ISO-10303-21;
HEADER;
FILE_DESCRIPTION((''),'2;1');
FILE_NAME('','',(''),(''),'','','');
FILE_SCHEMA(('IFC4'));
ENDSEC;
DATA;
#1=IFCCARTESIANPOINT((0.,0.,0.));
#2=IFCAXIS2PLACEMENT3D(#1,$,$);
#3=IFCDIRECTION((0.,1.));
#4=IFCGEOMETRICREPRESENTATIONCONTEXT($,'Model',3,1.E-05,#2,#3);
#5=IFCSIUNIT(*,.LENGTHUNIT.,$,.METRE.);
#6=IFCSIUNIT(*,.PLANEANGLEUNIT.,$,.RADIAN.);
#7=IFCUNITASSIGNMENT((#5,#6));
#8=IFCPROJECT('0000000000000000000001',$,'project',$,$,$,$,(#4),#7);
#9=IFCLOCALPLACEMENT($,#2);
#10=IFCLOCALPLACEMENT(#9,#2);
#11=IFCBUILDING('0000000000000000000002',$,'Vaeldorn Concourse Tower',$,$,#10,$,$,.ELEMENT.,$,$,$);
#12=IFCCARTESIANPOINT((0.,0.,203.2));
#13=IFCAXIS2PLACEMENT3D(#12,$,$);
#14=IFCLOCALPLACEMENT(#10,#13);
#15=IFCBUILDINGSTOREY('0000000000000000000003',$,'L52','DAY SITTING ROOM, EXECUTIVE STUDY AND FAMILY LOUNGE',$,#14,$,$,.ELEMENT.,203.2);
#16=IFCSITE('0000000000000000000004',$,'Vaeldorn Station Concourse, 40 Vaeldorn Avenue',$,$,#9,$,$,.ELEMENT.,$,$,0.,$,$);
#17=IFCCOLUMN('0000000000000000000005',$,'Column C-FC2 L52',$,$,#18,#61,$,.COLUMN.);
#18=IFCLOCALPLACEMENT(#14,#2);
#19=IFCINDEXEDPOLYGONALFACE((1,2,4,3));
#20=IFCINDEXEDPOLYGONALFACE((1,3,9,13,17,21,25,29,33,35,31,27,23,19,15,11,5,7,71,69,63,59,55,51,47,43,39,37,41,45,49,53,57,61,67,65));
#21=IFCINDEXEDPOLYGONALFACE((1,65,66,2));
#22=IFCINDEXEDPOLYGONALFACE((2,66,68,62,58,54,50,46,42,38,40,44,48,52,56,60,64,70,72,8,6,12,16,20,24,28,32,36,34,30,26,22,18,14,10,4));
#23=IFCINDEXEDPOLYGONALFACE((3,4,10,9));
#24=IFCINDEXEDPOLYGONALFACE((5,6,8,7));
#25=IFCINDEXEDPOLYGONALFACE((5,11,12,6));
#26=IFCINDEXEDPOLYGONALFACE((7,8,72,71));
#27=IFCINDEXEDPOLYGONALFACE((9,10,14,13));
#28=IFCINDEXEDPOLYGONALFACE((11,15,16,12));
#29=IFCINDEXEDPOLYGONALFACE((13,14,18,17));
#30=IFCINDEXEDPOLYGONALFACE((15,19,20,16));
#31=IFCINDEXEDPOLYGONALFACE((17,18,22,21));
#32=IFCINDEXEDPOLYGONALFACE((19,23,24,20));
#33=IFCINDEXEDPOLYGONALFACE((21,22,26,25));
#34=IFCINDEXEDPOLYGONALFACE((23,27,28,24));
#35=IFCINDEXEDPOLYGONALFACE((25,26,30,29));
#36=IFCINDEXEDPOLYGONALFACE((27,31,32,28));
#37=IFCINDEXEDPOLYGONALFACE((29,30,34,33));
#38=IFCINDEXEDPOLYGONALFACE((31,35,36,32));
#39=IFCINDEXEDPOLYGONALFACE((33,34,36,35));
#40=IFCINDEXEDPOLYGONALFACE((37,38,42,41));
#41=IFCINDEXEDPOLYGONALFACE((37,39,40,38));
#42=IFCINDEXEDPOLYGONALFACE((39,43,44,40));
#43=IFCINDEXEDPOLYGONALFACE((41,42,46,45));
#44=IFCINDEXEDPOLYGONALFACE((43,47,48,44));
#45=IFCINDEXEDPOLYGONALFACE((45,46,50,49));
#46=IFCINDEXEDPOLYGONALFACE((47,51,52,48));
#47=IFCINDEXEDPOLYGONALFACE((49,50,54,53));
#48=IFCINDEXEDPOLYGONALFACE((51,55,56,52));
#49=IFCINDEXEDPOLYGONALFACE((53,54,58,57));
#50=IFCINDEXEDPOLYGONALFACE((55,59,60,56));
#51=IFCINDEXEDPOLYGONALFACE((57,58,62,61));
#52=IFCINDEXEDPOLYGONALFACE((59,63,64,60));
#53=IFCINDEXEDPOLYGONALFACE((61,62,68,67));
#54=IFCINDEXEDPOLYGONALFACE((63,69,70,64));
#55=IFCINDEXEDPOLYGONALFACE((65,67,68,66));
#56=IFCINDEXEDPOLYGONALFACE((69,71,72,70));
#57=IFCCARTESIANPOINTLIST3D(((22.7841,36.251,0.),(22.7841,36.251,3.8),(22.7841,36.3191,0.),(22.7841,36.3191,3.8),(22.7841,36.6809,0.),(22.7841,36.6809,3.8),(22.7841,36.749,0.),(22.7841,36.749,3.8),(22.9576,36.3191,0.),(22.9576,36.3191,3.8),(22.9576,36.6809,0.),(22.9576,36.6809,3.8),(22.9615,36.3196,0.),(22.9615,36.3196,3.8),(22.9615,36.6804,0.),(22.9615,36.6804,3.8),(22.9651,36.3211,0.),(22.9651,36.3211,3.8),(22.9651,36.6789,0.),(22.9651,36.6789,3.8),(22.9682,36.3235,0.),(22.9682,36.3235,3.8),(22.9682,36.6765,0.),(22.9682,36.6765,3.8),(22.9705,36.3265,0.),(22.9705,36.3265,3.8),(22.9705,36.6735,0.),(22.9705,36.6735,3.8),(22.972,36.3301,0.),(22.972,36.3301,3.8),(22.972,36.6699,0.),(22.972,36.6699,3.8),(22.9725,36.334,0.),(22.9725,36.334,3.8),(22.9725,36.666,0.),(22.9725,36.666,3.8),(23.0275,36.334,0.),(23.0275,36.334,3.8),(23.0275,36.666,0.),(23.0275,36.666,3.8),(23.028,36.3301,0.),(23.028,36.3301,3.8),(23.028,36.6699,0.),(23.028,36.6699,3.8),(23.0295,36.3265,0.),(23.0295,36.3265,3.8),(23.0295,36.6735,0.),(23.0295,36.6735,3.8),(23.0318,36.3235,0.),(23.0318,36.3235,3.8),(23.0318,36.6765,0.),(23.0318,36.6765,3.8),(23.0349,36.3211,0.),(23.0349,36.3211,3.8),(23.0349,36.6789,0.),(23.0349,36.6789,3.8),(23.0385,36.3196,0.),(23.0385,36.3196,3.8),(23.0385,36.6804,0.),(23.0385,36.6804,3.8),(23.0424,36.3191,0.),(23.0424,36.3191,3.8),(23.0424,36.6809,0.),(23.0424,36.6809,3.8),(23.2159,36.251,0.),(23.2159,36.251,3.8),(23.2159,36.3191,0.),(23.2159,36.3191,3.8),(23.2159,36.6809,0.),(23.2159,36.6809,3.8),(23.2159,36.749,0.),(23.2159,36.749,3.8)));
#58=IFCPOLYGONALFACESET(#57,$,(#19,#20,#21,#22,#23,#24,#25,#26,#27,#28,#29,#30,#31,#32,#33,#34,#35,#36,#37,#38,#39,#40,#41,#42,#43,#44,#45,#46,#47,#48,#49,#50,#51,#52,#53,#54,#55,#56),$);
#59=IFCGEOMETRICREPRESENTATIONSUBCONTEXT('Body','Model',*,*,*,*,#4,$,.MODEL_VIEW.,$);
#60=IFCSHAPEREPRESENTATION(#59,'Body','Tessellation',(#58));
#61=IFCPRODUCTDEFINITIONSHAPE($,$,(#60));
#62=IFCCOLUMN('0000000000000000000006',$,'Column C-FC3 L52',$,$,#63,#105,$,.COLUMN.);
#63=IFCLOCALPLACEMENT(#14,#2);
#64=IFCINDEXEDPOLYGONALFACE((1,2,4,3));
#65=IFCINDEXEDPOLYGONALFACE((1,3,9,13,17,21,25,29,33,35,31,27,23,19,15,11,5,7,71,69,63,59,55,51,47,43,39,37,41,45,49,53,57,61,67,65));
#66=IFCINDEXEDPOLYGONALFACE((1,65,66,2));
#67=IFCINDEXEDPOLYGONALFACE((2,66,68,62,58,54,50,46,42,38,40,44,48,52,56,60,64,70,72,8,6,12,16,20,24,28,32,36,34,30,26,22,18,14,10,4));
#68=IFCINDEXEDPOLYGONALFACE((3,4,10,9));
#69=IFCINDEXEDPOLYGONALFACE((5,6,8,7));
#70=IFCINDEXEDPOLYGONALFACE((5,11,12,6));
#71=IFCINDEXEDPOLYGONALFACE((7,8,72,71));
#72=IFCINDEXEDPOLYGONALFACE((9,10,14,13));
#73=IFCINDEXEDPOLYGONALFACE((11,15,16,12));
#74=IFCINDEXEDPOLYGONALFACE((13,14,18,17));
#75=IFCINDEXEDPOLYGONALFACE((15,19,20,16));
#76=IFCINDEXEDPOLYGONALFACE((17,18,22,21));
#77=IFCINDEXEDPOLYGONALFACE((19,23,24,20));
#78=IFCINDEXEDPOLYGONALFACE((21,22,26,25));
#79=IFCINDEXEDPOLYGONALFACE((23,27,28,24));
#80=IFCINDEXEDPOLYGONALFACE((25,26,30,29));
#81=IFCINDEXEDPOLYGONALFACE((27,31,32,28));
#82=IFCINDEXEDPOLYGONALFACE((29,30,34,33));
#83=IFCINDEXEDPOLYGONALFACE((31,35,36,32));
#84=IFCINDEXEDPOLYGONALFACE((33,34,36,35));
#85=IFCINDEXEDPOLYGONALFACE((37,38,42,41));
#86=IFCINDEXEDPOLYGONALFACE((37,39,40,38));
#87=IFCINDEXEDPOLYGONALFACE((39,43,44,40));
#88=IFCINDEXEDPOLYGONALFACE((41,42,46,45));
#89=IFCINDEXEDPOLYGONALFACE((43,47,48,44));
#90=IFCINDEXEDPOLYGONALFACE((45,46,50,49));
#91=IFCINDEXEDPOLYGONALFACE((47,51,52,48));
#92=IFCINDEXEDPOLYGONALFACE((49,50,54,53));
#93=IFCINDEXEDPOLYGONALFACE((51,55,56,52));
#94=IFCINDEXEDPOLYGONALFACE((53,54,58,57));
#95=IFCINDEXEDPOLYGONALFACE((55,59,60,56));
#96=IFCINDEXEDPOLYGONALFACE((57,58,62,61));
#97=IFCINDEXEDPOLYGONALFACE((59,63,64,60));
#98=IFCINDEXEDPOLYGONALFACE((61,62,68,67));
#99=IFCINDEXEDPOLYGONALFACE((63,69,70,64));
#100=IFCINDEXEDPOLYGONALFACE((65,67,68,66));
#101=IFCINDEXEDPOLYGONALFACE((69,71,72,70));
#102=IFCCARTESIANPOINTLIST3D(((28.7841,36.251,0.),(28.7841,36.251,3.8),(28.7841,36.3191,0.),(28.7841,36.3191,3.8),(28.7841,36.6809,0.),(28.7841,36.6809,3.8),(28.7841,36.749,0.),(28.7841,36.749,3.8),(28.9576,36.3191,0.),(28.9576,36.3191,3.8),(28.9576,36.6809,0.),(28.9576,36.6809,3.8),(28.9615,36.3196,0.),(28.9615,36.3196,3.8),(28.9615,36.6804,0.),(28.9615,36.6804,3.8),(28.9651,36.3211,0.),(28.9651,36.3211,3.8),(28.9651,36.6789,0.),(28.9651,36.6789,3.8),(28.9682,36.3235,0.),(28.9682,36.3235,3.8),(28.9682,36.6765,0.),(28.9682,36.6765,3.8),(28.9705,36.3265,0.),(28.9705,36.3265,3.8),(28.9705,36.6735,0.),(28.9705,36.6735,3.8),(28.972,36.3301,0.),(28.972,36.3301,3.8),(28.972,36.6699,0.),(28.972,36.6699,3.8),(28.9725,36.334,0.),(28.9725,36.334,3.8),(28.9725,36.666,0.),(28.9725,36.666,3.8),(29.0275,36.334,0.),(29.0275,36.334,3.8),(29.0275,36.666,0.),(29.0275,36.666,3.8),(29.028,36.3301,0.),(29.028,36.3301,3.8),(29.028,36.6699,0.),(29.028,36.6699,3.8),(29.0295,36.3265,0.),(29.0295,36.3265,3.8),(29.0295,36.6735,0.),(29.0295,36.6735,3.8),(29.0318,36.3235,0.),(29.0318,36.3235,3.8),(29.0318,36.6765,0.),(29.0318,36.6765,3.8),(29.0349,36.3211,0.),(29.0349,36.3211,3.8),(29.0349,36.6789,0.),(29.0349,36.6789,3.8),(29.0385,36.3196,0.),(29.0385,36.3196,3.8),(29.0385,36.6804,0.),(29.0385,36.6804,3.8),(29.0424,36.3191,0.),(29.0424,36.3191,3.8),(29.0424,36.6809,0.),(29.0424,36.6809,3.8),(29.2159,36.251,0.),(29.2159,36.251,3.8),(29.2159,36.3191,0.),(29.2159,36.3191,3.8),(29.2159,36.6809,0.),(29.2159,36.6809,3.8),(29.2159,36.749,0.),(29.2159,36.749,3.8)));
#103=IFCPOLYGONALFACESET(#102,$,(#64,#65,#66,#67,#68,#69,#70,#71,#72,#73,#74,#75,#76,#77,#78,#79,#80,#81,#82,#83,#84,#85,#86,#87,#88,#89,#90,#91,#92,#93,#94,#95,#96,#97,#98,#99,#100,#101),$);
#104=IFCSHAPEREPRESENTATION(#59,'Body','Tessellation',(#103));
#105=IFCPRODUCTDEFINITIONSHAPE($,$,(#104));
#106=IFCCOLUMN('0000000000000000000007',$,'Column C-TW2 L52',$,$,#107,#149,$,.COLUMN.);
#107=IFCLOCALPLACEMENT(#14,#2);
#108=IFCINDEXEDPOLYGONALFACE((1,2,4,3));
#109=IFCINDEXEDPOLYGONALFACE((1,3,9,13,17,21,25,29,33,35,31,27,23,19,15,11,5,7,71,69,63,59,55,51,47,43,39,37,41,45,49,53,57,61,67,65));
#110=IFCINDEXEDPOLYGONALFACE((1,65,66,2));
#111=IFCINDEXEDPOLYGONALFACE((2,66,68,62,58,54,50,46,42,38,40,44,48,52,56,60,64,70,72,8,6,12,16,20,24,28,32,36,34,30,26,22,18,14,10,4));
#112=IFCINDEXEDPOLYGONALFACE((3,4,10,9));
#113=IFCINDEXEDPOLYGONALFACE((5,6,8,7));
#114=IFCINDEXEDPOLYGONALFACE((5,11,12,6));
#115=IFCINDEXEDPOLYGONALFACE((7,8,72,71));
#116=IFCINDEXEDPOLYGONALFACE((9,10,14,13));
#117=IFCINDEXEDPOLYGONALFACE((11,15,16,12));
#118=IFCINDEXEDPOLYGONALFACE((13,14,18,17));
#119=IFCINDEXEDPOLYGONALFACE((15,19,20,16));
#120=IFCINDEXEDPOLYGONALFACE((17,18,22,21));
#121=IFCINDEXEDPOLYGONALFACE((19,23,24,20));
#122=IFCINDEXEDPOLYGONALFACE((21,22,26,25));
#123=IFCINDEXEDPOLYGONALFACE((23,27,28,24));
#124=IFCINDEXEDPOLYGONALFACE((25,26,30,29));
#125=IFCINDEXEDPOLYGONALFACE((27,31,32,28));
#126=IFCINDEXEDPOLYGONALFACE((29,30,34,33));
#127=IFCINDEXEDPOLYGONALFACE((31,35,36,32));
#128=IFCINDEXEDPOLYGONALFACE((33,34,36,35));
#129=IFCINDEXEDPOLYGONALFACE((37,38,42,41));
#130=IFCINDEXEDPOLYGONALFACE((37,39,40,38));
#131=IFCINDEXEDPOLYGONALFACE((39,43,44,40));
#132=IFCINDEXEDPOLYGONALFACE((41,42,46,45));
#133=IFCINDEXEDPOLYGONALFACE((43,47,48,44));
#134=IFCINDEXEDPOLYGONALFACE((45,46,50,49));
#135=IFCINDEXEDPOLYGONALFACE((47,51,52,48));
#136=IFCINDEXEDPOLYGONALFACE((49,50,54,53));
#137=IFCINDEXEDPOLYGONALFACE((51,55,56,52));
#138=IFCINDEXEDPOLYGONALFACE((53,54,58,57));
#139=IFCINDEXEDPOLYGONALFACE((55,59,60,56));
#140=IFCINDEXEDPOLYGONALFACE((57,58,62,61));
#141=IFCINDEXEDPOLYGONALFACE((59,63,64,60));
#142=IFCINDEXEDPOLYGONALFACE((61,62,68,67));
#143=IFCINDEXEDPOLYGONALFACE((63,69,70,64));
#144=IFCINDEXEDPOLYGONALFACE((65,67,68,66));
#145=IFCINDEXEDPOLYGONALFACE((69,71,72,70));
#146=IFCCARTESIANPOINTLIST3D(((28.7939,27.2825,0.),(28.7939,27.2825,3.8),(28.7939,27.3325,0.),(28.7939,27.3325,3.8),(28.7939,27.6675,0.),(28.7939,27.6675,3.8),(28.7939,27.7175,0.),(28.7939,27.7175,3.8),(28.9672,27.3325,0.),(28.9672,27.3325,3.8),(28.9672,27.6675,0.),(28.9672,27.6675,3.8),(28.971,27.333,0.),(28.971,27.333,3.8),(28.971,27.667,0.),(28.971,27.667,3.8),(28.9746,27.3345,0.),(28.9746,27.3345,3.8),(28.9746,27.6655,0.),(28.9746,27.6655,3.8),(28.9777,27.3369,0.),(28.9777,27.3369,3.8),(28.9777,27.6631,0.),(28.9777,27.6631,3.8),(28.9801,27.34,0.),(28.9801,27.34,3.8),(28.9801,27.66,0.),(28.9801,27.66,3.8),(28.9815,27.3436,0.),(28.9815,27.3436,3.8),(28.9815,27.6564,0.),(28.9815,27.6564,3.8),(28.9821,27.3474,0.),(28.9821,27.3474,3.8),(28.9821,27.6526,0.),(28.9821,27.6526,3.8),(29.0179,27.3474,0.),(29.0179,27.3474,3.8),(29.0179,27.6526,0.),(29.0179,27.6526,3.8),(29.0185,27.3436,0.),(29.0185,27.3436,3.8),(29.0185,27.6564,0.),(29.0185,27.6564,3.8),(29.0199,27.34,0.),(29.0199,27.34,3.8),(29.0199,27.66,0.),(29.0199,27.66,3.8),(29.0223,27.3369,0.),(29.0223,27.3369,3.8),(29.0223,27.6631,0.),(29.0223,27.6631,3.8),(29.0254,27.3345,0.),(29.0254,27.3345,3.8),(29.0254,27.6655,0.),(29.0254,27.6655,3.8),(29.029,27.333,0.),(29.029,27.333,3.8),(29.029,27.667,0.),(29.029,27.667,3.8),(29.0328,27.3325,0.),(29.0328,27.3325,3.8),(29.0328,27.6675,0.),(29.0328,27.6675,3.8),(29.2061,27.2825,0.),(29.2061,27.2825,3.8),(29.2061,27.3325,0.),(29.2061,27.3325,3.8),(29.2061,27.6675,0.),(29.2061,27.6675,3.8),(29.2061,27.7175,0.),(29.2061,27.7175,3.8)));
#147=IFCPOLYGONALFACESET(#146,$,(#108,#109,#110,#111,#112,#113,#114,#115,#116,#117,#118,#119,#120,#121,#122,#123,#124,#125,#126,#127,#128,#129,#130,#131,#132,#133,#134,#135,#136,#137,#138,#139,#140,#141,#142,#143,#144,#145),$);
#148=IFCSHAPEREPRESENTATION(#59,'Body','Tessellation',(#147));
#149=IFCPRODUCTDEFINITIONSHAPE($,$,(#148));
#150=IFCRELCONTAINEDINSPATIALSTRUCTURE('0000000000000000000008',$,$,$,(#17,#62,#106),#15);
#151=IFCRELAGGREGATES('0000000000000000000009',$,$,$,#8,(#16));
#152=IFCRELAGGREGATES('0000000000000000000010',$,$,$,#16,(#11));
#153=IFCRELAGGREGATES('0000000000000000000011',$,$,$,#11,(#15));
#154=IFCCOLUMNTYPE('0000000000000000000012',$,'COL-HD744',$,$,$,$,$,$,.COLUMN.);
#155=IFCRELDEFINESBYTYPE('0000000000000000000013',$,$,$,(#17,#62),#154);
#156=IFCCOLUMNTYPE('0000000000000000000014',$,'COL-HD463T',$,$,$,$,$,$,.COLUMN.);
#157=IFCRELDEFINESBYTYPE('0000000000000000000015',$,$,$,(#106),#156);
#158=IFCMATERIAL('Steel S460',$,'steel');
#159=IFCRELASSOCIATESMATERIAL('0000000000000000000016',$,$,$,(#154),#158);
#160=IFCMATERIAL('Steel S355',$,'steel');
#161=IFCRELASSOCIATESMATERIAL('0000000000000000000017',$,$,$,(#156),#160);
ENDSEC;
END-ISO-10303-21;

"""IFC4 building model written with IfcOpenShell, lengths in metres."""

from ifc_helpers import new_model, si_unit, direction, frame, origin, origin_2d, place, context, subcontext, project, spatial, i_section, extrude, source, transform, mapped, material, material_profile, profile_set, type_object, element, save


model = new_model("IFC4")

# Units and contexts
model_context = context("Model", 3, precision=1e-05, world=origin(), true_north=direction((0.0, 1.0)))
body_context = subcontext(model_context, "Body", "Model", "MODEL_VIEW")
ifc_project = project(units=[si_unit("LENGTHUNIT", "METRE"), si_unit("PLANEANGLEUNIT", "RADIAN")], contexts=[model_context])

# Site, building, storey
site_placement = place(None, origin())
site = spatial("IfcSite", under=ifc_project, at=site_placement, Name="Vaeldorn Station Concourse, 40 Vaeldorn Avenue", CompositionType="ELEMENT", RefElevation=0.0)
building_placement = place(site_placement, origin())
building = spatial("IfcBuilding", under=site, at=building_placement, Name="Vaeldorn Concourse Tower", CompositionType="ELEMENT")
storey_placement = place(building_placement, frame((0.0, 0.0, 203.2)))
storey = spatial("IfcBuildingStorey", under=building, at=storey_placement, Name="L52", Description="DAY SITTING ROOM, EXECUTIVE STUDY AND FAMILY LOUNGE", CompositionType="ELEMENT", Elevation=203.2)

# Columns
ifc_material_1 = material(Name="Steel S460", Category="steel")
ifc_material_profile_1 = material_profile(ifc_material_1, i_section(OverallWidth=0.4319, OverallDepth=0.498, WebThickness=0.0549, FlangeThickness=0.0681, FilletRadius=0.0149, at=origin_2d()), Name="HD 400x744")
ifc_profile_set_1 = profile_set([ifc_material_profile_1], Name="Steel S460")
column_type_1 = type_object("IfcColumnType", Name="COL-HD744", PredefinedType="COLUMN", material=ifc_profile_set_1)
shared_shape_1 = source(origin(), body_context, "Body", "SweptSolid", [
    extrude(i_section(OverallWidth=0.4319, OverallDepth=0.498, WebThickness=0.0549, FlangeThickness=0.0681, FilletRadius=0.0149, at=origin_2d()), origin(), (0.0, 0.0, 1.0), 3.8),
])
for number, where, z_axis, x_axis, name in (
    (1, (23.0, 36.5, 0.0), (0.0, 0.0, 1.0), (1.0, 0.0, 0.0), "Column C-FC2 L52"),
    (2, (29.0, 36.5, 0.0), (0.0, 0.0, 1.0), (1.0, 0.0, 0.0), "Column C-FC3 L52"),
):
    element("IfcColumn", number, at=place(storey_placement, frame(where, z_axis=z_axis, x_axis=x_axis)), inside=storey, type_object=column_type_1, Name=name, PredefinedType="COLUMN", context=body_context, shape_type="MappedRepresentation", body=[
        mapped(shared_shape_1, transform((0.0, 0.0, 0.0), scale=1.0)),
    ])
ifc_material_2 = material(Name="Steel S355", Category="steel")
ifc_material_profile_2 = material_profile(ifc_material_2, i_section(OverallWidth=0.4121, OverallDepth=0.4351, WebThickness=0.0359, FlangeThickness=0.05, FilletRadius=0.0149, at=origin_2d()), Name="HD 400x463")
ifc_profile_set_2 = profile_set([ifc_material_profile_2], Name="Steel S355")
column_type_2 = type_object("IfcColumnType", Name="COL-HD463T", PredefinedType="COLUMN", material=ifc_profile_set_2)
shared_shape_2 = source(origin(), body_context, "Body", "SweptSolid", [
    extrude(i_section(OverallWidth=0.4121, OverallDepth=0.4351, WebThickness=0.0359, FlangeThickness=0.05, FilletRadius=0.0149, at=origin_2d()), origin(), (0.0, 0.0, 1.0), 3.8),
])
column_placement = place(storey_placement, frame((29.0, 27.5, 0.0), z_axis=(0.0, 0.0, 1.0), x_axis=(1.0, 0.0, 0.0)))
element("IfcColumn", 3, at=column_placement, inside=storey, type_object=column_type_2, Name="Column C-TW2 L52", PredefinedType="COLUMN", context=body_context, shape_type="MappedRepresentation", body=[
    mapped(shared_shape_2, transform((0.0, 0.0, 0.0), scale=1.0)),
])

save(model, "model.ifc")
